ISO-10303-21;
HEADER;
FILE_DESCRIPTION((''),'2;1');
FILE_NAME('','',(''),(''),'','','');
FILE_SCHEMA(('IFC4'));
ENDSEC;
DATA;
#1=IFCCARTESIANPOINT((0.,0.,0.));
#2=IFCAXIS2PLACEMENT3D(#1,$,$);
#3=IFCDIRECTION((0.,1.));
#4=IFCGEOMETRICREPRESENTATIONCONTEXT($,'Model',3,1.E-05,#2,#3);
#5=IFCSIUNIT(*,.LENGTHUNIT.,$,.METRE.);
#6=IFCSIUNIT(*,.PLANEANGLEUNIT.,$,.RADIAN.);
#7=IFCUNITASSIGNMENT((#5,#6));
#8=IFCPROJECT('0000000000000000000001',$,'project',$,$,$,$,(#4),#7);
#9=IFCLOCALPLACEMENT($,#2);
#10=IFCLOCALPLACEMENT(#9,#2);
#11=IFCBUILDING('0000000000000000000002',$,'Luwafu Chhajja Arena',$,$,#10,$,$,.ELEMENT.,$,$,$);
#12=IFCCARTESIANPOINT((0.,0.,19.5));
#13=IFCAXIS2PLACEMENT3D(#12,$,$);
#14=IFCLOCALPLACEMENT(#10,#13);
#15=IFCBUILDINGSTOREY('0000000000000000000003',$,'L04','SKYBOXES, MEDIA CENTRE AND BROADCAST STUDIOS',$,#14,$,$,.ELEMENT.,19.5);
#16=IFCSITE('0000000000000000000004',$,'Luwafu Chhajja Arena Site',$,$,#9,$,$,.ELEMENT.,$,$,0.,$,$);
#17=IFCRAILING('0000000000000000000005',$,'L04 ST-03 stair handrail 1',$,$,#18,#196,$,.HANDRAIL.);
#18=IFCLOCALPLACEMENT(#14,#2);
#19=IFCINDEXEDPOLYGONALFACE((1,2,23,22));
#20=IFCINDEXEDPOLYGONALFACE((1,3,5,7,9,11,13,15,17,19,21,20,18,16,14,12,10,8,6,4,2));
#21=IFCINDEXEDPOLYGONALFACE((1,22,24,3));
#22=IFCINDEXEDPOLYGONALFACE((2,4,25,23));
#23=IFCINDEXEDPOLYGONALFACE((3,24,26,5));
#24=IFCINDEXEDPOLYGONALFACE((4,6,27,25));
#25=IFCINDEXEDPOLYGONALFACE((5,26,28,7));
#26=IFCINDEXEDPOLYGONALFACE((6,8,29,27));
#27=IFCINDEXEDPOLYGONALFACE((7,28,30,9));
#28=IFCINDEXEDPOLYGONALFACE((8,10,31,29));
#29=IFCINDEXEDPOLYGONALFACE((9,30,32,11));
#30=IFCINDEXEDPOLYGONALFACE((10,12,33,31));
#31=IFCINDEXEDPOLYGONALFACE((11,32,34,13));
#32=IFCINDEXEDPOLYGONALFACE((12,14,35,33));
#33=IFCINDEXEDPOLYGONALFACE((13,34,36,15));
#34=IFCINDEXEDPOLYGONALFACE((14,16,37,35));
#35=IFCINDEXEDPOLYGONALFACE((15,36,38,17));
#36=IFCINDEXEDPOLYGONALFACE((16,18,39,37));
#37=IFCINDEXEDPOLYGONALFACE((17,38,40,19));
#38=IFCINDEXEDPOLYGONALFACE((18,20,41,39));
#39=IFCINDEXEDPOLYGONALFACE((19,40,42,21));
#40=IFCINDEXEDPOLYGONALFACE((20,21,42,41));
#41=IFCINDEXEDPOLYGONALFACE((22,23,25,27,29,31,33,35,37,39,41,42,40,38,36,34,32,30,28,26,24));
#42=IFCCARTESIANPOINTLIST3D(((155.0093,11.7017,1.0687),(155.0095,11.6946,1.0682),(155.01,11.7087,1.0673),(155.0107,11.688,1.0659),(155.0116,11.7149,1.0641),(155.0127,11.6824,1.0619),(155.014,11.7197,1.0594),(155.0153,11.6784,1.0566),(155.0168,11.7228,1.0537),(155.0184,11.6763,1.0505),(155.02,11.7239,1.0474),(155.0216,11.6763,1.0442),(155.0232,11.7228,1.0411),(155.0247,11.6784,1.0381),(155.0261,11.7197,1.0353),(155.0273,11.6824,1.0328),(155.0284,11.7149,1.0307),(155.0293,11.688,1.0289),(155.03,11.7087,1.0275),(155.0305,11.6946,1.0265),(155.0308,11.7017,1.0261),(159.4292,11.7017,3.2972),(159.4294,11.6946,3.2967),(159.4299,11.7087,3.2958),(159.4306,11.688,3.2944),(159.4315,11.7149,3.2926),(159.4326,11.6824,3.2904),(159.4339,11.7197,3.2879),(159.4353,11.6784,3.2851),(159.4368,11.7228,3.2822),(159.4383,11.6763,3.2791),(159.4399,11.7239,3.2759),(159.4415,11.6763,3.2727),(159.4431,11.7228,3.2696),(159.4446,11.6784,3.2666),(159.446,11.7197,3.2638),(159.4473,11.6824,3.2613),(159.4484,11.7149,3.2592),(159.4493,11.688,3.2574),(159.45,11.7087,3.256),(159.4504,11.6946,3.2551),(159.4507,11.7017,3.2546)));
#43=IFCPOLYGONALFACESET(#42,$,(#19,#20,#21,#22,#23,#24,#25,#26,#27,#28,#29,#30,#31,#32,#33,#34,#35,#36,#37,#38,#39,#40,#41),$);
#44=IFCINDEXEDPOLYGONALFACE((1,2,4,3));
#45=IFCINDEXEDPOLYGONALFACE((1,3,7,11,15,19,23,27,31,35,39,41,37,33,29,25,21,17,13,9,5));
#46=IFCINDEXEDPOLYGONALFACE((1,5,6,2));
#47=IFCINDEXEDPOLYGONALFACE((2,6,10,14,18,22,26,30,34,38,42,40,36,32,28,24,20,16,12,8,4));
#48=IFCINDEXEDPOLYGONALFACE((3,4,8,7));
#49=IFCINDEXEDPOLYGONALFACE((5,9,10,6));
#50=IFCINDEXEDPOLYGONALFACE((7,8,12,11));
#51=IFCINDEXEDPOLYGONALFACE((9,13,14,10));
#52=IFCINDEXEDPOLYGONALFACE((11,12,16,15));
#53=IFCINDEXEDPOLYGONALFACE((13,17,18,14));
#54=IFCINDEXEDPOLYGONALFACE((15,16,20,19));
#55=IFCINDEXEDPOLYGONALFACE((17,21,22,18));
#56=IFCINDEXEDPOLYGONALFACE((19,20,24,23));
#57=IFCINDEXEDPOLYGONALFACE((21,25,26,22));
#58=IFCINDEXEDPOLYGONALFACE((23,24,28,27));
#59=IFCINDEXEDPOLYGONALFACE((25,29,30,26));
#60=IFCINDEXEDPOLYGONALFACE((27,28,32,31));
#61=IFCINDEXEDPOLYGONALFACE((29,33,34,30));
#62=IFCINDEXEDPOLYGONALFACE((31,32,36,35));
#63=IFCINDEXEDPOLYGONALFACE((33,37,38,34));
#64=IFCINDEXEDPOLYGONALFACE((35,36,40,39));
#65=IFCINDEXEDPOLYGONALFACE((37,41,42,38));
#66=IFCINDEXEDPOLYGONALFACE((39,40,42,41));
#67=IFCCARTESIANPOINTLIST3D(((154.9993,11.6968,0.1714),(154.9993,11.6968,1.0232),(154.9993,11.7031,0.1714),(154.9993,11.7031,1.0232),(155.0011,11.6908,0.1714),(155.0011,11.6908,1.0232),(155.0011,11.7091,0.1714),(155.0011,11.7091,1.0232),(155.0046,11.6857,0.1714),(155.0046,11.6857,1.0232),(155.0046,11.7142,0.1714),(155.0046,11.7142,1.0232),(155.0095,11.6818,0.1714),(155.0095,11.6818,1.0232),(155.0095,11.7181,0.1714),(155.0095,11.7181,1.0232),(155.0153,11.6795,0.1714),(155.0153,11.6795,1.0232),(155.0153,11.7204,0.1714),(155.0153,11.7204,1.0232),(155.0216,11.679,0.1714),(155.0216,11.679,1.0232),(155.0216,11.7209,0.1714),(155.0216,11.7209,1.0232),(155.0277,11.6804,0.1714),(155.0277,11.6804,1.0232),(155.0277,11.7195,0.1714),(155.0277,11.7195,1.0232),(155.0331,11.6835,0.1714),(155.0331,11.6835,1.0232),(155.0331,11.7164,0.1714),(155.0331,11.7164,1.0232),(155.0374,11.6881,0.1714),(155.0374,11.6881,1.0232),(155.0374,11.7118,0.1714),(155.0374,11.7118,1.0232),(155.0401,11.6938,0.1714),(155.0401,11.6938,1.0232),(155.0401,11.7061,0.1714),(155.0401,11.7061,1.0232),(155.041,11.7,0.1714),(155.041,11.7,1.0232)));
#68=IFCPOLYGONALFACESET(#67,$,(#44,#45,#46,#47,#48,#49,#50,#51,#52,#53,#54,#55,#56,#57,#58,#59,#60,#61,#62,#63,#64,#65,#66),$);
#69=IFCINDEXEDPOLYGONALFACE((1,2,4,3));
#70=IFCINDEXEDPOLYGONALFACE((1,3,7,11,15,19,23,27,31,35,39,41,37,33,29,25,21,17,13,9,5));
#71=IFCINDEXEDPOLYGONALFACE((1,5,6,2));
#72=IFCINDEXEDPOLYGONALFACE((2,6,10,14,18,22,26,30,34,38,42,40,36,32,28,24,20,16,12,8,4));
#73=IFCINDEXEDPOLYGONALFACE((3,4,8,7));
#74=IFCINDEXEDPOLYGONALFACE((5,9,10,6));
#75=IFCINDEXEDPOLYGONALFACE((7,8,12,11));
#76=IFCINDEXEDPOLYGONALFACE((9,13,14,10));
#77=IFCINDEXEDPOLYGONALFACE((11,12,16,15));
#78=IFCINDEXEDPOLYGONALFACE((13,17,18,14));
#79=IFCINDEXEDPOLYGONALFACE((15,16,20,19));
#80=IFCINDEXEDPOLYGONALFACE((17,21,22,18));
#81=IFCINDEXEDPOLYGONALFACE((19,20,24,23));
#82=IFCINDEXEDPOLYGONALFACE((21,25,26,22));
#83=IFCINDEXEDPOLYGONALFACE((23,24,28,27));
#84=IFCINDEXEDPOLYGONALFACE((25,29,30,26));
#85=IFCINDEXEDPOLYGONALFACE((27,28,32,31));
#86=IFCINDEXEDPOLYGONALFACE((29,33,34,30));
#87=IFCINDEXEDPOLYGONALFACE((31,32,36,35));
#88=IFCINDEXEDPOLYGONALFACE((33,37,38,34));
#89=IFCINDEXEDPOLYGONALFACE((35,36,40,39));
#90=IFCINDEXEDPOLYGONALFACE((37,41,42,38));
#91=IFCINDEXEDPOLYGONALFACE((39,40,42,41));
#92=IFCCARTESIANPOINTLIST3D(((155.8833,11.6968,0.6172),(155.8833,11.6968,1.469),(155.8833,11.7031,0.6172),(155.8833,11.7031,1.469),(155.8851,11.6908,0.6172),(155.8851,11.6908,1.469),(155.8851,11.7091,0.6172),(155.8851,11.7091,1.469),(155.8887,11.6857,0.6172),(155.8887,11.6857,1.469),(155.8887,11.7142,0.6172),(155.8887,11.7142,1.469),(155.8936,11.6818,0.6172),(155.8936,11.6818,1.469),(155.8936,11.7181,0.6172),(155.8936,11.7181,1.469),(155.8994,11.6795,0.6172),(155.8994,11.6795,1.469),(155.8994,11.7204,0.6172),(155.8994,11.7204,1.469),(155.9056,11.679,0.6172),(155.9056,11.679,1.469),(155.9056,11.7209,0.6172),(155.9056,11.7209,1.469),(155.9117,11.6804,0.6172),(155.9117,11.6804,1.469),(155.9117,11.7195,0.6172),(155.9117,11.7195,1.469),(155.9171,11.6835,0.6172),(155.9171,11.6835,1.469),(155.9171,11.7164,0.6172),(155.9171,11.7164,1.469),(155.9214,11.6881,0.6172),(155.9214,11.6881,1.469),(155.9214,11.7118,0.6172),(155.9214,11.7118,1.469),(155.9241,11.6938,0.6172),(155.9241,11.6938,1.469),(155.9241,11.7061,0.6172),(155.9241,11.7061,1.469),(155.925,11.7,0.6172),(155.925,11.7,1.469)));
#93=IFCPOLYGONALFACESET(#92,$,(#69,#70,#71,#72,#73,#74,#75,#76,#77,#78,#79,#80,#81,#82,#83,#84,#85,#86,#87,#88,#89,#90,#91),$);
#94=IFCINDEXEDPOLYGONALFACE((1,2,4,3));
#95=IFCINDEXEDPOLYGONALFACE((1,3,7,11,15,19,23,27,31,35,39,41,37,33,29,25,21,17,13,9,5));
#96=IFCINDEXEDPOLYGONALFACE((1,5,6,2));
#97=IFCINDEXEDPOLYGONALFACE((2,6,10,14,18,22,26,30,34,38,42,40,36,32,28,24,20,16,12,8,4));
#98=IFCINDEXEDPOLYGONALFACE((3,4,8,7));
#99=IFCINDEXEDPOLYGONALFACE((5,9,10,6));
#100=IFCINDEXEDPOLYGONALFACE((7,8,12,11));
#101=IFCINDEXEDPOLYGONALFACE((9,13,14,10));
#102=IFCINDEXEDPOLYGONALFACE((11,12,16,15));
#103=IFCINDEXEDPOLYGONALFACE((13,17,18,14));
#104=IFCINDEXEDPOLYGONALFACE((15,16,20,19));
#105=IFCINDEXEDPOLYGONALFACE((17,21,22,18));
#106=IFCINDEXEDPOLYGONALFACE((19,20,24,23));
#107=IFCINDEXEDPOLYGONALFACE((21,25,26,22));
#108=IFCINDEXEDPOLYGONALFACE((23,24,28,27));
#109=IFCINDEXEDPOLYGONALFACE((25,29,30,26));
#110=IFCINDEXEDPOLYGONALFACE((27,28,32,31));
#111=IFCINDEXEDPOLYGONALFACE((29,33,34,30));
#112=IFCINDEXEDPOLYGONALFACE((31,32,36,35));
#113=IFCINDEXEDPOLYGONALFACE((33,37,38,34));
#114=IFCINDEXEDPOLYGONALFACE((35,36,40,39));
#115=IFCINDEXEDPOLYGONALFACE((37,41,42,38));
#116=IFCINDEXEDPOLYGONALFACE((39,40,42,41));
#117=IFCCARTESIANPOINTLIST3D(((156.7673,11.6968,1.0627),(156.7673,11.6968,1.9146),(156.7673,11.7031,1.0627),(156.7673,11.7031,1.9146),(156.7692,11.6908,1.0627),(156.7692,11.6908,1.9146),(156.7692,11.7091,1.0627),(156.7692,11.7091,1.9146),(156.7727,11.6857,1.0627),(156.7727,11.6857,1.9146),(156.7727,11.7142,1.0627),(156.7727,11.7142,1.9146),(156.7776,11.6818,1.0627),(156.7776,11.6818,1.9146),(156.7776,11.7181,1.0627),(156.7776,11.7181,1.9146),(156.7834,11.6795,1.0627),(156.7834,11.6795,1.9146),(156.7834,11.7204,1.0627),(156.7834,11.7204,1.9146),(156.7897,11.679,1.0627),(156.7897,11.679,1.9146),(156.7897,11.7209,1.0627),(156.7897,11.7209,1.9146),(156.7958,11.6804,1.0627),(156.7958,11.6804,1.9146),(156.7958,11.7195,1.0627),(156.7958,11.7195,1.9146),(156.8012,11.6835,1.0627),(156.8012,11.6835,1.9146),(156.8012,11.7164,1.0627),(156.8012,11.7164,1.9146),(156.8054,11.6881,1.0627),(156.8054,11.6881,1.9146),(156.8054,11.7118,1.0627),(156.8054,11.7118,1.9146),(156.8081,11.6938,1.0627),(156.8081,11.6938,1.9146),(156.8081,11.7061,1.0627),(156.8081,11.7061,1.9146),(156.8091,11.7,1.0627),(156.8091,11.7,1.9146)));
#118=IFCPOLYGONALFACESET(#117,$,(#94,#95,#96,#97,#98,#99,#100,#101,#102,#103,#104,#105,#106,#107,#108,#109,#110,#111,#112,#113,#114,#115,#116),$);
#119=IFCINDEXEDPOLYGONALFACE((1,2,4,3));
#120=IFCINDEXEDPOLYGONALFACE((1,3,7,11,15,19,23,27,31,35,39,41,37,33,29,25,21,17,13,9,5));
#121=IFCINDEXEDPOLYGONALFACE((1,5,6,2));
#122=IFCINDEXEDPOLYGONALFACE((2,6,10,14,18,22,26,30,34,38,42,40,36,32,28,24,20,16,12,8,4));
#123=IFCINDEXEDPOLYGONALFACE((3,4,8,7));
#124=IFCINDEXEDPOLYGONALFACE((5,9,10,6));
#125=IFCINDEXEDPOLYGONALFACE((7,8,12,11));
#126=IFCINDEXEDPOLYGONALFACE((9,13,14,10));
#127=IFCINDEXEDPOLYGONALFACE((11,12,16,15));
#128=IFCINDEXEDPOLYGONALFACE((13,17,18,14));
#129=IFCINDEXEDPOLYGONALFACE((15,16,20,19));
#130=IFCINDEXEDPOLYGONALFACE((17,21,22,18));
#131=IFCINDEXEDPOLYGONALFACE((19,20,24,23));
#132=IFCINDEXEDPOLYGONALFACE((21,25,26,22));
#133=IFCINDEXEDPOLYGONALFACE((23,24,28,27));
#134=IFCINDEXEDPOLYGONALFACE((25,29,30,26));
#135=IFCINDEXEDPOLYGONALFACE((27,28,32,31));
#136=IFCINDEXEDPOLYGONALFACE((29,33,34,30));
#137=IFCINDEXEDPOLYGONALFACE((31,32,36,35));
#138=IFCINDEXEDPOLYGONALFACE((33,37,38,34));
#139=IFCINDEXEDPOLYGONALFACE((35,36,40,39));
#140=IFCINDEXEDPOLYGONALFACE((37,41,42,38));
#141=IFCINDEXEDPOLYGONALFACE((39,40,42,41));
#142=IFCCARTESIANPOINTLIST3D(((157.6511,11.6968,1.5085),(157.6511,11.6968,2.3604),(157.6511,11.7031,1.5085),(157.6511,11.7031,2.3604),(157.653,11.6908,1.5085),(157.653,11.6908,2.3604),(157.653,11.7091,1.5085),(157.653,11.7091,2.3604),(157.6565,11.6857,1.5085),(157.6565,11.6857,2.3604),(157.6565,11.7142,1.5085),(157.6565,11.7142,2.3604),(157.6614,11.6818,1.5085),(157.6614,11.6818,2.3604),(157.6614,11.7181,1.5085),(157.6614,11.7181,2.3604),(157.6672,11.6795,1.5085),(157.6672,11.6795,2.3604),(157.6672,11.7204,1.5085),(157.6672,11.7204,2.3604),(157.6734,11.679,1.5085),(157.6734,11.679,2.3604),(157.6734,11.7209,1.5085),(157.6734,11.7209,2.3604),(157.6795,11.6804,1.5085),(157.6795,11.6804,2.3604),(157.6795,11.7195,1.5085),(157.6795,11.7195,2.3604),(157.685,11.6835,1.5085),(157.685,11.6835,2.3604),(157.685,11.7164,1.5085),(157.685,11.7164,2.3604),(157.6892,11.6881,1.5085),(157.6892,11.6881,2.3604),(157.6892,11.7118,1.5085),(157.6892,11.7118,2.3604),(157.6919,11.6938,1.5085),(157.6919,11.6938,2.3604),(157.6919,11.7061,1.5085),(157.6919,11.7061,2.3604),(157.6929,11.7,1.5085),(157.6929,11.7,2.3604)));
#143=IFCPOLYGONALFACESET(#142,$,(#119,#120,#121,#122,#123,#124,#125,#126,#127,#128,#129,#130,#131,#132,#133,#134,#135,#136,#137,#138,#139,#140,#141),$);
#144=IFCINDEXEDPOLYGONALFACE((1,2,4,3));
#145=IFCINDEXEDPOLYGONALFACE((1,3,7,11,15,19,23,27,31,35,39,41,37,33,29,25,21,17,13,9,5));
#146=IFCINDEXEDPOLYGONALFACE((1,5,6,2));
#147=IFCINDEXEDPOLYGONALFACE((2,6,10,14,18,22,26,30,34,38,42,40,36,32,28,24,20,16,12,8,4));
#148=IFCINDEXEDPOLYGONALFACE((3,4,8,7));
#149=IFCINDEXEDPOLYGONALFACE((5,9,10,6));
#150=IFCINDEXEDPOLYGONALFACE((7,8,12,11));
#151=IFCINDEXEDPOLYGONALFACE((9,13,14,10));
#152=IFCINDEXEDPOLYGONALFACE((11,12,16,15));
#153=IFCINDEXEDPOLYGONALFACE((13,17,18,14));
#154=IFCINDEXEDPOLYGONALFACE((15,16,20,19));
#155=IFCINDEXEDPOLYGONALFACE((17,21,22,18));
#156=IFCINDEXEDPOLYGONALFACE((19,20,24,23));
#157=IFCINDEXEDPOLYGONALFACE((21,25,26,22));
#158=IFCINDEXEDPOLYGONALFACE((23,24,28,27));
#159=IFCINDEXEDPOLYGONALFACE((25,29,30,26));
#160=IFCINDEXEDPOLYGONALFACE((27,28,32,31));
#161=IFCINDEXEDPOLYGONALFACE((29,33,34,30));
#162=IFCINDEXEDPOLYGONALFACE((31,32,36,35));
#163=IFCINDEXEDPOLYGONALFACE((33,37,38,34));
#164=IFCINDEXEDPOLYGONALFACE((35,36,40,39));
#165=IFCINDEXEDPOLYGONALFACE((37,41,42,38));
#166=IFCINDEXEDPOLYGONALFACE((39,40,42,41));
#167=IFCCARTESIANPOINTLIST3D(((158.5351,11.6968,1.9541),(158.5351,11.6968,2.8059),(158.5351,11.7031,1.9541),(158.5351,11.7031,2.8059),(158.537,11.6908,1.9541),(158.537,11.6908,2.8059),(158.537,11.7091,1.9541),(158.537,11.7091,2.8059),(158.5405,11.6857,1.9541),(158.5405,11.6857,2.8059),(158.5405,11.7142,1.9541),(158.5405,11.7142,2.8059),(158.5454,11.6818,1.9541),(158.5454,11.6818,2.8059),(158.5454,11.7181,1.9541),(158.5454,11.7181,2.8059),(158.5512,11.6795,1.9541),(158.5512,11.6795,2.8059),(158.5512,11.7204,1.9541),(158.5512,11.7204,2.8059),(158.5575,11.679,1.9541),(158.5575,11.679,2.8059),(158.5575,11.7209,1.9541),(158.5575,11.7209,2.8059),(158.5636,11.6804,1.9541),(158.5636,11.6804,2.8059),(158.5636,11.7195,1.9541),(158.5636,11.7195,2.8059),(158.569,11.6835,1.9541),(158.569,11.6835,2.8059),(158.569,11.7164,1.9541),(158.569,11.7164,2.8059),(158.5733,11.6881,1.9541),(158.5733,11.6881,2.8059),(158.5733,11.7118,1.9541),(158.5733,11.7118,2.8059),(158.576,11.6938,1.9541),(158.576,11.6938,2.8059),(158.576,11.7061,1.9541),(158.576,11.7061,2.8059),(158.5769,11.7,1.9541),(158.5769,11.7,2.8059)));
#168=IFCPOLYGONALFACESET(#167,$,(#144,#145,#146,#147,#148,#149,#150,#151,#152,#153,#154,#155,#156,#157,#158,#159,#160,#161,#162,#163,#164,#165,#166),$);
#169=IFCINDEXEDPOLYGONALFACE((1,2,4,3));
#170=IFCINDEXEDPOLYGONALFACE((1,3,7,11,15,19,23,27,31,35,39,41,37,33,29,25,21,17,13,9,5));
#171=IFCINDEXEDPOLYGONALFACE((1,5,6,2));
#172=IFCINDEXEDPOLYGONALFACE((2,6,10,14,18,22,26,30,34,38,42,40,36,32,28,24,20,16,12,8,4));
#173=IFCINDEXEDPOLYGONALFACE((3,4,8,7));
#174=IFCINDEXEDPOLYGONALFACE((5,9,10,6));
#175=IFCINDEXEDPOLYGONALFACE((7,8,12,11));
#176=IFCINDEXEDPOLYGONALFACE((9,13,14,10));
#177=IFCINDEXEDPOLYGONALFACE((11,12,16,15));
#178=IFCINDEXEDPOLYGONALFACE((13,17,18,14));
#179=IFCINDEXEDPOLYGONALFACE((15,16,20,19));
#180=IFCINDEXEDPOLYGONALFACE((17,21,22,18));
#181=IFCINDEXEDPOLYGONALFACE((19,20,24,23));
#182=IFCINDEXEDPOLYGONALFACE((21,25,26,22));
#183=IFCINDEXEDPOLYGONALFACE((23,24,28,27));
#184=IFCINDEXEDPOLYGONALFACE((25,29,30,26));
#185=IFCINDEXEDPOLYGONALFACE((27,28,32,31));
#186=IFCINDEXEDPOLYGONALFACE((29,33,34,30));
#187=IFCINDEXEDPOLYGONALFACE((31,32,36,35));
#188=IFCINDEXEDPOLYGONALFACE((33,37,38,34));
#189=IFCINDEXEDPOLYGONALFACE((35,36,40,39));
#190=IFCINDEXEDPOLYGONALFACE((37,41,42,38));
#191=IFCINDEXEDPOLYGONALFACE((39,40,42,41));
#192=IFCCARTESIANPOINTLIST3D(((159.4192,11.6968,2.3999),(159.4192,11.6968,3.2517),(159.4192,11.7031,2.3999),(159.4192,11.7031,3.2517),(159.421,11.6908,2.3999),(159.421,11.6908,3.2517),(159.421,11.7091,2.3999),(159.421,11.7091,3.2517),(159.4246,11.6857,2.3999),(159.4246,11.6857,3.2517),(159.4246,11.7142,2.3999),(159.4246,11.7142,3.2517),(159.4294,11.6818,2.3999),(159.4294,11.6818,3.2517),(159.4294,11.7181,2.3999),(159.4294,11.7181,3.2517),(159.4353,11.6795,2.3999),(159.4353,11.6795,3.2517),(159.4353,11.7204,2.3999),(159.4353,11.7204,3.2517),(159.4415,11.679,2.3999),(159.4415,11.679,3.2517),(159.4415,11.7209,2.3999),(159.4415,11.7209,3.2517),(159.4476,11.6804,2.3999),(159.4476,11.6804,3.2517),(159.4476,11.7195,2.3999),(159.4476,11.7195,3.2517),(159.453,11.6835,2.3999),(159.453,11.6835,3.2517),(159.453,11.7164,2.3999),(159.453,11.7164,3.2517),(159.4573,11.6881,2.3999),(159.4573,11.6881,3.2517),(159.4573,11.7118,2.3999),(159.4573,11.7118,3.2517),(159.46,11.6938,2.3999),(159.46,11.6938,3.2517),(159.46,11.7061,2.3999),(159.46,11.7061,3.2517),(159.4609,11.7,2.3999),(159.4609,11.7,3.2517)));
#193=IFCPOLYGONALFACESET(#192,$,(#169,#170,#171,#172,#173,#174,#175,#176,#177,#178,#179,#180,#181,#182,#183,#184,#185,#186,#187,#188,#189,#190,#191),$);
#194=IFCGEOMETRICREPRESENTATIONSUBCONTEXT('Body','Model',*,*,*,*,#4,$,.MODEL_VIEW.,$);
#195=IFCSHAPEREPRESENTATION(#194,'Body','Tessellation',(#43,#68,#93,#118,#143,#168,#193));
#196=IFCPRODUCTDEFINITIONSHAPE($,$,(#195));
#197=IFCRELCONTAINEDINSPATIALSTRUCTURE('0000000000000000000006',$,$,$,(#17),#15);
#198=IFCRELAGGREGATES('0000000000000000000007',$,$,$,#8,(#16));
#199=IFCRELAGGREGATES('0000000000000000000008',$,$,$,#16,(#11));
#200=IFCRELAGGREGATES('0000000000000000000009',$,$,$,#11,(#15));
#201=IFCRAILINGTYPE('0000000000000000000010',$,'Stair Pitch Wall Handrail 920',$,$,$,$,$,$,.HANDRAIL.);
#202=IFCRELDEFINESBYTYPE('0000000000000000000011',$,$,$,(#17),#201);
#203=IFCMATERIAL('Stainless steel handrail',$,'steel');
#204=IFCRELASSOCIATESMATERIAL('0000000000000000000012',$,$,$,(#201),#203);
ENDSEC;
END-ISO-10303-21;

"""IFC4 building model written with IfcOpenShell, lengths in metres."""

from ifc_helpers import new_model, si_unit, direction, frame, origin, origin_2d, place, context, subcontext, project, spatial, circle, extrude, material, type_object, element, save


model = new_model("IFC4")

# Units and contexts
model_context = context("Model", 3, precision=1e-05, world=origin(), true_north=direction((0.0, 1.0)))
body_context = subcontext(model_context, "Body", "Model", "MODEL_VIEW")
ifc_project = project(units=[si_unit("LENGTHUNIT", "METRE"), si_unit("PLANEANGLEUNIT", "RADIAN")], contexts=[model_context])

# Site, building, storey
site_placement = place(None, origin())
site = spatial("IfcSite", under=ifc_project, at=site_placement, Name="Luwafu Chhajja Arena Site", CompositionType="ELEMENT", RefElevation=0.0)
building_placement = place(site_placement, origin())
building = spatial("IfcBuilding", under=site, at=building_placement, Name="Luwafu Chhajja Arena", CompositionType="ELEMENT")
storey_placement = place(building_placement, frame((0.0, 0.0, 19.5)))
storey = spatial("IfcBuildingStorey", under=building, at=storey_placement, Name="L04", Description="SKYBOXES, MEDIA CENTRE AND BROADCAST STUDIOS", CompositionType="ELEMENT", Elevation=19.5)

# Railing
ifc_material_1 = material(Name="Stainless steel handrail", Category="steel")
railing_type_1 = type_object("IfcRailingType", Name="Stair Pitch Wall Handrail 920", PredefinedType="HANDRAIL", material=ifc_material_1)
railing_1_placement = place(storey_placement, frame((155.02, 11.7, 0.1714)))
element("IfcRailing", 1, at=railing_1_placement, inside=storey, type_object=railing_type_1, Name="L04 ST-03 stair handrail 1", PredefinedType="HANDRAIL", context=body_context, shape_type="SweptSolid", body=[
    extrude(circle(Radius=0.0239, at=origin_2d()), frame((0.0, 0.0, 0.876), z_axis=(0.892923, 0.0, 0.45021), x_axis=(0.0, 1.0, 0.0)), (0.0, 0.0, 1.0), 4.95),
    extrude(circle(Radius=0.021, at=origin_2d()), origin(), (0.0, 0.0, 1.0), 0.8518),
    extrude(circle(Radius=0.021, at=origin_2d()), frame((0.884, 0.0, 0.4458)), (0.0, 0.0, 1.0), 0.8518),
    extrude(circle(Radius=0.021, at=origin_2d()), frame((1.7681, 0.0, 0.8914)), (0.0, 0.0, 1.0), 0.8518),
    extrude(circle(Radius=0.021, at=origin_2d()), frame((2.6519, 0.0, 1.3372)), (0.0, 0.0, 1.0), 0.8518),
    extrude(circle(Radius=0.021, at=origin_2d()), frame((3.5359, 0.0, 1.7827)), (0.0, 0.0, 1.0), 0.8518),
    extrude(circle(Radius=0.021, at=origin_2d()), frame((4.4199, 0.0, 2.2285)), (0.0, 0.0, 1.0), 0.8518),
])

save(model, "model.ifc")
